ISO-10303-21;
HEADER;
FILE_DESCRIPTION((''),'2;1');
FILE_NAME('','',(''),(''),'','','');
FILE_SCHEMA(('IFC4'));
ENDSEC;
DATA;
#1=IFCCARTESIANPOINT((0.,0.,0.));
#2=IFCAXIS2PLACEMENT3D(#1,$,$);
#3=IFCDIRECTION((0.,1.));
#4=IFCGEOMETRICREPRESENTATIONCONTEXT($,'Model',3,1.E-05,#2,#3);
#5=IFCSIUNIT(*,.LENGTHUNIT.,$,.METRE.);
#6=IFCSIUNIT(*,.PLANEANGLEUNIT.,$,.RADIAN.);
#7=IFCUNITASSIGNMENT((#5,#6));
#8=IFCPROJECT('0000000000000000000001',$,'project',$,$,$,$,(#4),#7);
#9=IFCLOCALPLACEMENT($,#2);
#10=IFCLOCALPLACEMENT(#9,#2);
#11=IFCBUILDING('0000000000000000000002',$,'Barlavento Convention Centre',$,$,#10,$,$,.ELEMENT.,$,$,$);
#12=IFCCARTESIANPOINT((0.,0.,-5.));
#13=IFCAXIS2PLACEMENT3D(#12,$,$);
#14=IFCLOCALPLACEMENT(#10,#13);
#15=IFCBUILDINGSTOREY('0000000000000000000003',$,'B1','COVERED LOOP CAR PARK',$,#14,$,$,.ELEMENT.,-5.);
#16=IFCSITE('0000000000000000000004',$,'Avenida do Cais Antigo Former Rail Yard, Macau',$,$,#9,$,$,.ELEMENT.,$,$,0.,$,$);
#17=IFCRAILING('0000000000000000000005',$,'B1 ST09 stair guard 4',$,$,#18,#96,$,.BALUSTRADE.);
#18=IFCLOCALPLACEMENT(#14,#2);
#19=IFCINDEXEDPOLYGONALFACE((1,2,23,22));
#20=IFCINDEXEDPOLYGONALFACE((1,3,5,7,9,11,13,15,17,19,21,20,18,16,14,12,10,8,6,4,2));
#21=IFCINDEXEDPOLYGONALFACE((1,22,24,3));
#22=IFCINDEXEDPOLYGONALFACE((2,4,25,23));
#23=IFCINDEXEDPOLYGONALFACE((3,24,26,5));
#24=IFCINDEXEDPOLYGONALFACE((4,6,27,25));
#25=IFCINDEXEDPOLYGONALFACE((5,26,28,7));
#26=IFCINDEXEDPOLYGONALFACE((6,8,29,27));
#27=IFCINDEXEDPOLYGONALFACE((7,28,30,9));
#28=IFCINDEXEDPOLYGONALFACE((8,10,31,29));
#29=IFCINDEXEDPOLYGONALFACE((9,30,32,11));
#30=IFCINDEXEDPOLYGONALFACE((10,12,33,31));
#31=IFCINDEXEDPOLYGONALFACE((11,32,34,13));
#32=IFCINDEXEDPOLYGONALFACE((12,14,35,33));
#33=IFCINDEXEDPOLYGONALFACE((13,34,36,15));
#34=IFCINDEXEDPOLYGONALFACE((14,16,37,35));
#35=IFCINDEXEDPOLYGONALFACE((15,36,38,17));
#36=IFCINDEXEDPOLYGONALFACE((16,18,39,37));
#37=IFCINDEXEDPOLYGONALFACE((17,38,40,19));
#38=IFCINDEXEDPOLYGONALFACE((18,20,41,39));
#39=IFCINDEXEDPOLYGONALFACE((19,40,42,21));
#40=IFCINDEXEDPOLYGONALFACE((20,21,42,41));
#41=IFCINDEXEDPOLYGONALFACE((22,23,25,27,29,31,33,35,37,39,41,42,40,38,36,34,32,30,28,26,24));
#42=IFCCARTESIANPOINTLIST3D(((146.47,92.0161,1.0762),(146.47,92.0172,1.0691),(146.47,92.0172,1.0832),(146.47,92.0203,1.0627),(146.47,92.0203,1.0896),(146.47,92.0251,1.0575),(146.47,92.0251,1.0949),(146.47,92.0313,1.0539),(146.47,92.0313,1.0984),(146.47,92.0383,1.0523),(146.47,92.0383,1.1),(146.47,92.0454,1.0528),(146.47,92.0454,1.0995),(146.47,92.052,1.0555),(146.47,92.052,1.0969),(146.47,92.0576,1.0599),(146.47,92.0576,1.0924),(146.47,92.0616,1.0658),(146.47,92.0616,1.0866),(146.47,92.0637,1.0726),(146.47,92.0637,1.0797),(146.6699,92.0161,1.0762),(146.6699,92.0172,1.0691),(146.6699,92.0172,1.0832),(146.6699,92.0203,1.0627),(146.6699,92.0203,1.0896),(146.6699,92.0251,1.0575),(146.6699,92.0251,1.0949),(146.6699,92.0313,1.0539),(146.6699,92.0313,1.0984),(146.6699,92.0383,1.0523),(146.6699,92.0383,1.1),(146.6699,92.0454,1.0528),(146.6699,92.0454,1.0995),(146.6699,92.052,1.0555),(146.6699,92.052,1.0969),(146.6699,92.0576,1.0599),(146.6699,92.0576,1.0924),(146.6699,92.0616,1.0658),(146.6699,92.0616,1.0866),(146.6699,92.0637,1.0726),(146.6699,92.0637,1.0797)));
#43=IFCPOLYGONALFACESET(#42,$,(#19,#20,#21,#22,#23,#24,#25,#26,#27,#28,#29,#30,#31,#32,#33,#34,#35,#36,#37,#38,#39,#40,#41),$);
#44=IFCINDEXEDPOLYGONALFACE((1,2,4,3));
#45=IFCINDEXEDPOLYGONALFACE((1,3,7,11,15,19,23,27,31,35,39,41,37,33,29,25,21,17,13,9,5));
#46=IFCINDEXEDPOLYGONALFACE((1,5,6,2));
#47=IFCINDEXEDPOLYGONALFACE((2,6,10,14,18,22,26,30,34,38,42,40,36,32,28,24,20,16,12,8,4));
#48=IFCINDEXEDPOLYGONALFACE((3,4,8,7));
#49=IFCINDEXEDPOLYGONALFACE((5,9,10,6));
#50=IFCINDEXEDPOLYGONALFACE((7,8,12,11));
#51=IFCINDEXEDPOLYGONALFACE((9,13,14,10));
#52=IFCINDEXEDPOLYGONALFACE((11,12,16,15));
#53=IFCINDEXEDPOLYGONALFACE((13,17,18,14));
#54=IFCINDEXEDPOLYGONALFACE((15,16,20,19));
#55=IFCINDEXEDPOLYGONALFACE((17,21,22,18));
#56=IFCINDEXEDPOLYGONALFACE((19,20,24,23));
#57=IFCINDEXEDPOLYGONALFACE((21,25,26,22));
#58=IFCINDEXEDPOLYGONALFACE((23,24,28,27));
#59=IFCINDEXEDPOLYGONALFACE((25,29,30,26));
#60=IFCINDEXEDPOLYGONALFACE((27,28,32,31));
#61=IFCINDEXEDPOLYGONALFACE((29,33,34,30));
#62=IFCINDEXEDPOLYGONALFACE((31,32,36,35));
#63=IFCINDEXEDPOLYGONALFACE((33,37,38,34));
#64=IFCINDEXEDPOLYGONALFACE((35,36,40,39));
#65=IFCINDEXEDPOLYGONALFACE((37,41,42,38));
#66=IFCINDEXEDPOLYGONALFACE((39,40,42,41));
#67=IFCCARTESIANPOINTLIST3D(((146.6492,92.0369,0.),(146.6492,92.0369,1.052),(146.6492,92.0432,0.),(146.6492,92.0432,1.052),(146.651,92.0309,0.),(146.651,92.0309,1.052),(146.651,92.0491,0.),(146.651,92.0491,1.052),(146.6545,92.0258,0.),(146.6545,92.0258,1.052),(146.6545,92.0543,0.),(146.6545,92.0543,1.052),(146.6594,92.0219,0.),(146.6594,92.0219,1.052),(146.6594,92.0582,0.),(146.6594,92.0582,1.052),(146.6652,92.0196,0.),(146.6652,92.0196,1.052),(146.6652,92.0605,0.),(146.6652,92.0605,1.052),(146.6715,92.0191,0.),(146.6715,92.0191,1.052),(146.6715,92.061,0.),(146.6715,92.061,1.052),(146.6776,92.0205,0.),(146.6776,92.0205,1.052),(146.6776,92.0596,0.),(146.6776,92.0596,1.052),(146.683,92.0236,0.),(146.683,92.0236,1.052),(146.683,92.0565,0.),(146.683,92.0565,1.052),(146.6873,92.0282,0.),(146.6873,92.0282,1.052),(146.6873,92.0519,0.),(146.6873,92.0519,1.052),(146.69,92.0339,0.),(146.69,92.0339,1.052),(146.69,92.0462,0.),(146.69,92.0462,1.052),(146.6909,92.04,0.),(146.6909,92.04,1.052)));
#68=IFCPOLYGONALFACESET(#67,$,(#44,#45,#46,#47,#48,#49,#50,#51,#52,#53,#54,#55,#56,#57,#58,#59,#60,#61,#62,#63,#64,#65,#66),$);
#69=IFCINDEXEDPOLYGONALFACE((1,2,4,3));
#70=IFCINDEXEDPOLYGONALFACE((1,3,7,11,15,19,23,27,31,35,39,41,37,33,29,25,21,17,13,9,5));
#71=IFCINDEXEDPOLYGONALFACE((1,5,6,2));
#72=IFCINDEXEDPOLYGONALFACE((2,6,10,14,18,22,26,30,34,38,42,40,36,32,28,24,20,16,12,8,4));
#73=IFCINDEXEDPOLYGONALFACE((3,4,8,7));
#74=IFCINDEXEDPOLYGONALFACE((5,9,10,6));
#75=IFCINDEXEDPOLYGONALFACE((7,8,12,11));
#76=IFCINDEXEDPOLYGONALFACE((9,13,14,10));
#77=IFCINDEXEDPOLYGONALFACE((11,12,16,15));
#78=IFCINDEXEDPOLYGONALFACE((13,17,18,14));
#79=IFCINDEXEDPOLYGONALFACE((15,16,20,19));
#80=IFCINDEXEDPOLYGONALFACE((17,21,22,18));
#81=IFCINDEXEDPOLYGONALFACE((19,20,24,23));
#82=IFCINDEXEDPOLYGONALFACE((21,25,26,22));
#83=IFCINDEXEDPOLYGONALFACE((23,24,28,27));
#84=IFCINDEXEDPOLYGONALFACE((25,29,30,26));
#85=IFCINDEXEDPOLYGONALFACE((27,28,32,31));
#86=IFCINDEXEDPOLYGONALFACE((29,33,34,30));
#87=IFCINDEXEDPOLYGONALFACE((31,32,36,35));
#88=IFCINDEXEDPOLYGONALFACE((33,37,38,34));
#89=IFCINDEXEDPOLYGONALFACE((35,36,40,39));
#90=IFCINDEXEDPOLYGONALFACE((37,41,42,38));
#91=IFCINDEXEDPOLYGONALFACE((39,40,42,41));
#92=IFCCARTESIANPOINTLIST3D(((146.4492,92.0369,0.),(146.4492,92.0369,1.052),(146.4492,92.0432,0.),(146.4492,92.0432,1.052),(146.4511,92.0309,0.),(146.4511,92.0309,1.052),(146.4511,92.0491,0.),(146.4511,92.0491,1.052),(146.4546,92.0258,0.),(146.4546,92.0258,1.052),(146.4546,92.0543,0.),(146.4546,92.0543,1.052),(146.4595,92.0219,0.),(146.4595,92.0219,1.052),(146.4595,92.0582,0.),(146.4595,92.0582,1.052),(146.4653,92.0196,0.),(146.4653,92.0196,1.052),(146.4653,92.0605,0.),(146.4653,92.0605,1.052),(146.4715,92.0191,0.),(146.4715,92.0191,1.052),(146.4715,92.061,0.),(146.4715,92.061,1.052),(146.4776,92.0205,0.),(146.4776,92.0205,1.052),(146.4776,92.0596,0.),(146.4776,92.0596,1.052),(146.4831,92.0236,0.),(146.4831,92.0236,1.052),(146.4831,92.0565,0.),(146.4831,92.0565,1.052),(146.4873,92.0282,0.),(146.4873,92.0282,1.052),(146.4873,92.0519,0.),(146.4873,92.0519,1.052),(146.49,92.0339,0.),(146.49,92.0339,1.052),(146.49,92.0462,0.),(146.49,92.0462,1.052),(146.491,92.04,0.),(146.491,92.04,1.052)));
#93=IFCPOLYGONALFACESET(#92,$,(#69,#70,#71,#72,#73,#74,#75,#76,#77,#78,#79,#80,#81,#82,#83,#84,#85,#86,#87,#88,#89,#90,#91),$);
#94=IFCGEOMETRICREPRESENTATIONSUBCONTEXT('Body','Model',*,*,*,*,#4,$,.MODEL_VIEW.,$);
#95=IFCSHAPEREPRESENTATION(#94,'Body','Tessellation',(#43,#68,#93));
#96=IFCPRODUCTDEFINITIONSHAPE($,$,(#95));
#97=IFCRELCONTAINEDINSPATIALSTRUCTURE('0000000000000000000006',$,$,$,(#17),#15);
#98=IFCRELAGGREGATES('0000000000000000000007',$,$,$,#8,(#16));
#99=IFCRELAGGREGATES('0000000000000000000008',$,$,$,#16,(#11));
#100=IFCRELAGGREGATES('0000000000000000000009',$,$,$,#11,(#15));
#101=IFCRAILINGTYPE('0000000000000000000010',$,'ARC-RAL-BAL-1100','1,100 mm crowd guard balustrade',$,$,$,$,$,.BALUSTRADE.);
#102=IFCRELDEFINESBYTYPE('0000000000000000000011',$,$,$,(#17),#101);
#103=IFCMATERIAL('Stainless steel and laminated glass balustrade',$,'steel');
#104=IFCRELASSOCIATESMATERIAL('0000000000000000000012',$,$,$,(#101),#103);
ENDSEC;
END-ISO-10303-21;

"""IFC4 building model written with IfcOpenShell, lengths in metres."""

from ifc_helpers import new_model, si_unit, direction, frame, origin, origin_2d, place, context, subcontext, project, spatial, circle, extrude, material, type_object, element, save


model = new_model("IFC4")

# Units and contexts
model_context = context("Model", 3, precision=1e-05, world=origin(), true_north=direction((0.0, 1.0)))
body_context = subcontext(model_context, "Body", "Model", "MODEL_VIEW")
ifc_project = project(units=[si_unit("LENGTHUNIT", "METRE"), si_unit("PLANEANGLEUNIT", "RADIAN")], contexts=[model_context])

# Site, building, storey
site_placement = place(None, origin())
site = spatial("IfcSite", under=ifc_project, at=site_placement, Name="Avenida do Cais Antigo Former Rail Yard, Macau", CompositionType="ELEMENT", RefElevation=0.0)
building_placement = place(site_placement, origin())
building = spatial("IfcBuilding", under=site, at=building_placement, Name="Barlavento Convention Centre", CompositionType="ELEMENT")
storey_placement = place(building_placement, frame((0.0, 0.0, -5.0)))
storey = spatial("IfcBuildingStorey", under=building, at=storey_placement, Name="B1", Description="COVERED LOOP CAR PARK", CompositionType="ELEMENT", Elevation=-5.0)

# Railing
ifc_material_1 = material(Name="Stainless steel and laminated glass balustrade", Category="steel")
railing_type_1 = type_object("IfcRailingType", Name="ARC-RAL-BAL-1100", Description="1,100 mm crowd guard balustrade", PredefinedType="BALUSTRADE", material=ifc_material_1)
railing_1_placement = place(storey_placement, frame((146.6699, 92.04, 0.0)))
element("IfcRailing", 1, at=railing_1_placement, inside=storey, type_object=railing_type_1, Name="B1 ST09 stair guard 4", PredefinedType="BALUSTRADE", context=body_context, shape_type="SweptSolid", body=[
    extrude(circle(Radius=0.0239, at=origin_2d()), frame((0.0, 0.0, 1.0762), z_axis=(-1.0, 0.0, 0.0), x_axis=(0.0, -1.0, 0.0)), (0.0, 0.0, 1.0), 0.2),
    extrude(circle(Radius=0.021, at=origin_2d()), origin(), (0.0, 0.0, 1.0), 1.052),
    extrude(circle(Radius=0.021, at=origin_2d()), frame((-0.2, 0.0, 0.0)), (0.0, 0.0, 1.0), 1.052),
])

save(model, "model.ifc")
